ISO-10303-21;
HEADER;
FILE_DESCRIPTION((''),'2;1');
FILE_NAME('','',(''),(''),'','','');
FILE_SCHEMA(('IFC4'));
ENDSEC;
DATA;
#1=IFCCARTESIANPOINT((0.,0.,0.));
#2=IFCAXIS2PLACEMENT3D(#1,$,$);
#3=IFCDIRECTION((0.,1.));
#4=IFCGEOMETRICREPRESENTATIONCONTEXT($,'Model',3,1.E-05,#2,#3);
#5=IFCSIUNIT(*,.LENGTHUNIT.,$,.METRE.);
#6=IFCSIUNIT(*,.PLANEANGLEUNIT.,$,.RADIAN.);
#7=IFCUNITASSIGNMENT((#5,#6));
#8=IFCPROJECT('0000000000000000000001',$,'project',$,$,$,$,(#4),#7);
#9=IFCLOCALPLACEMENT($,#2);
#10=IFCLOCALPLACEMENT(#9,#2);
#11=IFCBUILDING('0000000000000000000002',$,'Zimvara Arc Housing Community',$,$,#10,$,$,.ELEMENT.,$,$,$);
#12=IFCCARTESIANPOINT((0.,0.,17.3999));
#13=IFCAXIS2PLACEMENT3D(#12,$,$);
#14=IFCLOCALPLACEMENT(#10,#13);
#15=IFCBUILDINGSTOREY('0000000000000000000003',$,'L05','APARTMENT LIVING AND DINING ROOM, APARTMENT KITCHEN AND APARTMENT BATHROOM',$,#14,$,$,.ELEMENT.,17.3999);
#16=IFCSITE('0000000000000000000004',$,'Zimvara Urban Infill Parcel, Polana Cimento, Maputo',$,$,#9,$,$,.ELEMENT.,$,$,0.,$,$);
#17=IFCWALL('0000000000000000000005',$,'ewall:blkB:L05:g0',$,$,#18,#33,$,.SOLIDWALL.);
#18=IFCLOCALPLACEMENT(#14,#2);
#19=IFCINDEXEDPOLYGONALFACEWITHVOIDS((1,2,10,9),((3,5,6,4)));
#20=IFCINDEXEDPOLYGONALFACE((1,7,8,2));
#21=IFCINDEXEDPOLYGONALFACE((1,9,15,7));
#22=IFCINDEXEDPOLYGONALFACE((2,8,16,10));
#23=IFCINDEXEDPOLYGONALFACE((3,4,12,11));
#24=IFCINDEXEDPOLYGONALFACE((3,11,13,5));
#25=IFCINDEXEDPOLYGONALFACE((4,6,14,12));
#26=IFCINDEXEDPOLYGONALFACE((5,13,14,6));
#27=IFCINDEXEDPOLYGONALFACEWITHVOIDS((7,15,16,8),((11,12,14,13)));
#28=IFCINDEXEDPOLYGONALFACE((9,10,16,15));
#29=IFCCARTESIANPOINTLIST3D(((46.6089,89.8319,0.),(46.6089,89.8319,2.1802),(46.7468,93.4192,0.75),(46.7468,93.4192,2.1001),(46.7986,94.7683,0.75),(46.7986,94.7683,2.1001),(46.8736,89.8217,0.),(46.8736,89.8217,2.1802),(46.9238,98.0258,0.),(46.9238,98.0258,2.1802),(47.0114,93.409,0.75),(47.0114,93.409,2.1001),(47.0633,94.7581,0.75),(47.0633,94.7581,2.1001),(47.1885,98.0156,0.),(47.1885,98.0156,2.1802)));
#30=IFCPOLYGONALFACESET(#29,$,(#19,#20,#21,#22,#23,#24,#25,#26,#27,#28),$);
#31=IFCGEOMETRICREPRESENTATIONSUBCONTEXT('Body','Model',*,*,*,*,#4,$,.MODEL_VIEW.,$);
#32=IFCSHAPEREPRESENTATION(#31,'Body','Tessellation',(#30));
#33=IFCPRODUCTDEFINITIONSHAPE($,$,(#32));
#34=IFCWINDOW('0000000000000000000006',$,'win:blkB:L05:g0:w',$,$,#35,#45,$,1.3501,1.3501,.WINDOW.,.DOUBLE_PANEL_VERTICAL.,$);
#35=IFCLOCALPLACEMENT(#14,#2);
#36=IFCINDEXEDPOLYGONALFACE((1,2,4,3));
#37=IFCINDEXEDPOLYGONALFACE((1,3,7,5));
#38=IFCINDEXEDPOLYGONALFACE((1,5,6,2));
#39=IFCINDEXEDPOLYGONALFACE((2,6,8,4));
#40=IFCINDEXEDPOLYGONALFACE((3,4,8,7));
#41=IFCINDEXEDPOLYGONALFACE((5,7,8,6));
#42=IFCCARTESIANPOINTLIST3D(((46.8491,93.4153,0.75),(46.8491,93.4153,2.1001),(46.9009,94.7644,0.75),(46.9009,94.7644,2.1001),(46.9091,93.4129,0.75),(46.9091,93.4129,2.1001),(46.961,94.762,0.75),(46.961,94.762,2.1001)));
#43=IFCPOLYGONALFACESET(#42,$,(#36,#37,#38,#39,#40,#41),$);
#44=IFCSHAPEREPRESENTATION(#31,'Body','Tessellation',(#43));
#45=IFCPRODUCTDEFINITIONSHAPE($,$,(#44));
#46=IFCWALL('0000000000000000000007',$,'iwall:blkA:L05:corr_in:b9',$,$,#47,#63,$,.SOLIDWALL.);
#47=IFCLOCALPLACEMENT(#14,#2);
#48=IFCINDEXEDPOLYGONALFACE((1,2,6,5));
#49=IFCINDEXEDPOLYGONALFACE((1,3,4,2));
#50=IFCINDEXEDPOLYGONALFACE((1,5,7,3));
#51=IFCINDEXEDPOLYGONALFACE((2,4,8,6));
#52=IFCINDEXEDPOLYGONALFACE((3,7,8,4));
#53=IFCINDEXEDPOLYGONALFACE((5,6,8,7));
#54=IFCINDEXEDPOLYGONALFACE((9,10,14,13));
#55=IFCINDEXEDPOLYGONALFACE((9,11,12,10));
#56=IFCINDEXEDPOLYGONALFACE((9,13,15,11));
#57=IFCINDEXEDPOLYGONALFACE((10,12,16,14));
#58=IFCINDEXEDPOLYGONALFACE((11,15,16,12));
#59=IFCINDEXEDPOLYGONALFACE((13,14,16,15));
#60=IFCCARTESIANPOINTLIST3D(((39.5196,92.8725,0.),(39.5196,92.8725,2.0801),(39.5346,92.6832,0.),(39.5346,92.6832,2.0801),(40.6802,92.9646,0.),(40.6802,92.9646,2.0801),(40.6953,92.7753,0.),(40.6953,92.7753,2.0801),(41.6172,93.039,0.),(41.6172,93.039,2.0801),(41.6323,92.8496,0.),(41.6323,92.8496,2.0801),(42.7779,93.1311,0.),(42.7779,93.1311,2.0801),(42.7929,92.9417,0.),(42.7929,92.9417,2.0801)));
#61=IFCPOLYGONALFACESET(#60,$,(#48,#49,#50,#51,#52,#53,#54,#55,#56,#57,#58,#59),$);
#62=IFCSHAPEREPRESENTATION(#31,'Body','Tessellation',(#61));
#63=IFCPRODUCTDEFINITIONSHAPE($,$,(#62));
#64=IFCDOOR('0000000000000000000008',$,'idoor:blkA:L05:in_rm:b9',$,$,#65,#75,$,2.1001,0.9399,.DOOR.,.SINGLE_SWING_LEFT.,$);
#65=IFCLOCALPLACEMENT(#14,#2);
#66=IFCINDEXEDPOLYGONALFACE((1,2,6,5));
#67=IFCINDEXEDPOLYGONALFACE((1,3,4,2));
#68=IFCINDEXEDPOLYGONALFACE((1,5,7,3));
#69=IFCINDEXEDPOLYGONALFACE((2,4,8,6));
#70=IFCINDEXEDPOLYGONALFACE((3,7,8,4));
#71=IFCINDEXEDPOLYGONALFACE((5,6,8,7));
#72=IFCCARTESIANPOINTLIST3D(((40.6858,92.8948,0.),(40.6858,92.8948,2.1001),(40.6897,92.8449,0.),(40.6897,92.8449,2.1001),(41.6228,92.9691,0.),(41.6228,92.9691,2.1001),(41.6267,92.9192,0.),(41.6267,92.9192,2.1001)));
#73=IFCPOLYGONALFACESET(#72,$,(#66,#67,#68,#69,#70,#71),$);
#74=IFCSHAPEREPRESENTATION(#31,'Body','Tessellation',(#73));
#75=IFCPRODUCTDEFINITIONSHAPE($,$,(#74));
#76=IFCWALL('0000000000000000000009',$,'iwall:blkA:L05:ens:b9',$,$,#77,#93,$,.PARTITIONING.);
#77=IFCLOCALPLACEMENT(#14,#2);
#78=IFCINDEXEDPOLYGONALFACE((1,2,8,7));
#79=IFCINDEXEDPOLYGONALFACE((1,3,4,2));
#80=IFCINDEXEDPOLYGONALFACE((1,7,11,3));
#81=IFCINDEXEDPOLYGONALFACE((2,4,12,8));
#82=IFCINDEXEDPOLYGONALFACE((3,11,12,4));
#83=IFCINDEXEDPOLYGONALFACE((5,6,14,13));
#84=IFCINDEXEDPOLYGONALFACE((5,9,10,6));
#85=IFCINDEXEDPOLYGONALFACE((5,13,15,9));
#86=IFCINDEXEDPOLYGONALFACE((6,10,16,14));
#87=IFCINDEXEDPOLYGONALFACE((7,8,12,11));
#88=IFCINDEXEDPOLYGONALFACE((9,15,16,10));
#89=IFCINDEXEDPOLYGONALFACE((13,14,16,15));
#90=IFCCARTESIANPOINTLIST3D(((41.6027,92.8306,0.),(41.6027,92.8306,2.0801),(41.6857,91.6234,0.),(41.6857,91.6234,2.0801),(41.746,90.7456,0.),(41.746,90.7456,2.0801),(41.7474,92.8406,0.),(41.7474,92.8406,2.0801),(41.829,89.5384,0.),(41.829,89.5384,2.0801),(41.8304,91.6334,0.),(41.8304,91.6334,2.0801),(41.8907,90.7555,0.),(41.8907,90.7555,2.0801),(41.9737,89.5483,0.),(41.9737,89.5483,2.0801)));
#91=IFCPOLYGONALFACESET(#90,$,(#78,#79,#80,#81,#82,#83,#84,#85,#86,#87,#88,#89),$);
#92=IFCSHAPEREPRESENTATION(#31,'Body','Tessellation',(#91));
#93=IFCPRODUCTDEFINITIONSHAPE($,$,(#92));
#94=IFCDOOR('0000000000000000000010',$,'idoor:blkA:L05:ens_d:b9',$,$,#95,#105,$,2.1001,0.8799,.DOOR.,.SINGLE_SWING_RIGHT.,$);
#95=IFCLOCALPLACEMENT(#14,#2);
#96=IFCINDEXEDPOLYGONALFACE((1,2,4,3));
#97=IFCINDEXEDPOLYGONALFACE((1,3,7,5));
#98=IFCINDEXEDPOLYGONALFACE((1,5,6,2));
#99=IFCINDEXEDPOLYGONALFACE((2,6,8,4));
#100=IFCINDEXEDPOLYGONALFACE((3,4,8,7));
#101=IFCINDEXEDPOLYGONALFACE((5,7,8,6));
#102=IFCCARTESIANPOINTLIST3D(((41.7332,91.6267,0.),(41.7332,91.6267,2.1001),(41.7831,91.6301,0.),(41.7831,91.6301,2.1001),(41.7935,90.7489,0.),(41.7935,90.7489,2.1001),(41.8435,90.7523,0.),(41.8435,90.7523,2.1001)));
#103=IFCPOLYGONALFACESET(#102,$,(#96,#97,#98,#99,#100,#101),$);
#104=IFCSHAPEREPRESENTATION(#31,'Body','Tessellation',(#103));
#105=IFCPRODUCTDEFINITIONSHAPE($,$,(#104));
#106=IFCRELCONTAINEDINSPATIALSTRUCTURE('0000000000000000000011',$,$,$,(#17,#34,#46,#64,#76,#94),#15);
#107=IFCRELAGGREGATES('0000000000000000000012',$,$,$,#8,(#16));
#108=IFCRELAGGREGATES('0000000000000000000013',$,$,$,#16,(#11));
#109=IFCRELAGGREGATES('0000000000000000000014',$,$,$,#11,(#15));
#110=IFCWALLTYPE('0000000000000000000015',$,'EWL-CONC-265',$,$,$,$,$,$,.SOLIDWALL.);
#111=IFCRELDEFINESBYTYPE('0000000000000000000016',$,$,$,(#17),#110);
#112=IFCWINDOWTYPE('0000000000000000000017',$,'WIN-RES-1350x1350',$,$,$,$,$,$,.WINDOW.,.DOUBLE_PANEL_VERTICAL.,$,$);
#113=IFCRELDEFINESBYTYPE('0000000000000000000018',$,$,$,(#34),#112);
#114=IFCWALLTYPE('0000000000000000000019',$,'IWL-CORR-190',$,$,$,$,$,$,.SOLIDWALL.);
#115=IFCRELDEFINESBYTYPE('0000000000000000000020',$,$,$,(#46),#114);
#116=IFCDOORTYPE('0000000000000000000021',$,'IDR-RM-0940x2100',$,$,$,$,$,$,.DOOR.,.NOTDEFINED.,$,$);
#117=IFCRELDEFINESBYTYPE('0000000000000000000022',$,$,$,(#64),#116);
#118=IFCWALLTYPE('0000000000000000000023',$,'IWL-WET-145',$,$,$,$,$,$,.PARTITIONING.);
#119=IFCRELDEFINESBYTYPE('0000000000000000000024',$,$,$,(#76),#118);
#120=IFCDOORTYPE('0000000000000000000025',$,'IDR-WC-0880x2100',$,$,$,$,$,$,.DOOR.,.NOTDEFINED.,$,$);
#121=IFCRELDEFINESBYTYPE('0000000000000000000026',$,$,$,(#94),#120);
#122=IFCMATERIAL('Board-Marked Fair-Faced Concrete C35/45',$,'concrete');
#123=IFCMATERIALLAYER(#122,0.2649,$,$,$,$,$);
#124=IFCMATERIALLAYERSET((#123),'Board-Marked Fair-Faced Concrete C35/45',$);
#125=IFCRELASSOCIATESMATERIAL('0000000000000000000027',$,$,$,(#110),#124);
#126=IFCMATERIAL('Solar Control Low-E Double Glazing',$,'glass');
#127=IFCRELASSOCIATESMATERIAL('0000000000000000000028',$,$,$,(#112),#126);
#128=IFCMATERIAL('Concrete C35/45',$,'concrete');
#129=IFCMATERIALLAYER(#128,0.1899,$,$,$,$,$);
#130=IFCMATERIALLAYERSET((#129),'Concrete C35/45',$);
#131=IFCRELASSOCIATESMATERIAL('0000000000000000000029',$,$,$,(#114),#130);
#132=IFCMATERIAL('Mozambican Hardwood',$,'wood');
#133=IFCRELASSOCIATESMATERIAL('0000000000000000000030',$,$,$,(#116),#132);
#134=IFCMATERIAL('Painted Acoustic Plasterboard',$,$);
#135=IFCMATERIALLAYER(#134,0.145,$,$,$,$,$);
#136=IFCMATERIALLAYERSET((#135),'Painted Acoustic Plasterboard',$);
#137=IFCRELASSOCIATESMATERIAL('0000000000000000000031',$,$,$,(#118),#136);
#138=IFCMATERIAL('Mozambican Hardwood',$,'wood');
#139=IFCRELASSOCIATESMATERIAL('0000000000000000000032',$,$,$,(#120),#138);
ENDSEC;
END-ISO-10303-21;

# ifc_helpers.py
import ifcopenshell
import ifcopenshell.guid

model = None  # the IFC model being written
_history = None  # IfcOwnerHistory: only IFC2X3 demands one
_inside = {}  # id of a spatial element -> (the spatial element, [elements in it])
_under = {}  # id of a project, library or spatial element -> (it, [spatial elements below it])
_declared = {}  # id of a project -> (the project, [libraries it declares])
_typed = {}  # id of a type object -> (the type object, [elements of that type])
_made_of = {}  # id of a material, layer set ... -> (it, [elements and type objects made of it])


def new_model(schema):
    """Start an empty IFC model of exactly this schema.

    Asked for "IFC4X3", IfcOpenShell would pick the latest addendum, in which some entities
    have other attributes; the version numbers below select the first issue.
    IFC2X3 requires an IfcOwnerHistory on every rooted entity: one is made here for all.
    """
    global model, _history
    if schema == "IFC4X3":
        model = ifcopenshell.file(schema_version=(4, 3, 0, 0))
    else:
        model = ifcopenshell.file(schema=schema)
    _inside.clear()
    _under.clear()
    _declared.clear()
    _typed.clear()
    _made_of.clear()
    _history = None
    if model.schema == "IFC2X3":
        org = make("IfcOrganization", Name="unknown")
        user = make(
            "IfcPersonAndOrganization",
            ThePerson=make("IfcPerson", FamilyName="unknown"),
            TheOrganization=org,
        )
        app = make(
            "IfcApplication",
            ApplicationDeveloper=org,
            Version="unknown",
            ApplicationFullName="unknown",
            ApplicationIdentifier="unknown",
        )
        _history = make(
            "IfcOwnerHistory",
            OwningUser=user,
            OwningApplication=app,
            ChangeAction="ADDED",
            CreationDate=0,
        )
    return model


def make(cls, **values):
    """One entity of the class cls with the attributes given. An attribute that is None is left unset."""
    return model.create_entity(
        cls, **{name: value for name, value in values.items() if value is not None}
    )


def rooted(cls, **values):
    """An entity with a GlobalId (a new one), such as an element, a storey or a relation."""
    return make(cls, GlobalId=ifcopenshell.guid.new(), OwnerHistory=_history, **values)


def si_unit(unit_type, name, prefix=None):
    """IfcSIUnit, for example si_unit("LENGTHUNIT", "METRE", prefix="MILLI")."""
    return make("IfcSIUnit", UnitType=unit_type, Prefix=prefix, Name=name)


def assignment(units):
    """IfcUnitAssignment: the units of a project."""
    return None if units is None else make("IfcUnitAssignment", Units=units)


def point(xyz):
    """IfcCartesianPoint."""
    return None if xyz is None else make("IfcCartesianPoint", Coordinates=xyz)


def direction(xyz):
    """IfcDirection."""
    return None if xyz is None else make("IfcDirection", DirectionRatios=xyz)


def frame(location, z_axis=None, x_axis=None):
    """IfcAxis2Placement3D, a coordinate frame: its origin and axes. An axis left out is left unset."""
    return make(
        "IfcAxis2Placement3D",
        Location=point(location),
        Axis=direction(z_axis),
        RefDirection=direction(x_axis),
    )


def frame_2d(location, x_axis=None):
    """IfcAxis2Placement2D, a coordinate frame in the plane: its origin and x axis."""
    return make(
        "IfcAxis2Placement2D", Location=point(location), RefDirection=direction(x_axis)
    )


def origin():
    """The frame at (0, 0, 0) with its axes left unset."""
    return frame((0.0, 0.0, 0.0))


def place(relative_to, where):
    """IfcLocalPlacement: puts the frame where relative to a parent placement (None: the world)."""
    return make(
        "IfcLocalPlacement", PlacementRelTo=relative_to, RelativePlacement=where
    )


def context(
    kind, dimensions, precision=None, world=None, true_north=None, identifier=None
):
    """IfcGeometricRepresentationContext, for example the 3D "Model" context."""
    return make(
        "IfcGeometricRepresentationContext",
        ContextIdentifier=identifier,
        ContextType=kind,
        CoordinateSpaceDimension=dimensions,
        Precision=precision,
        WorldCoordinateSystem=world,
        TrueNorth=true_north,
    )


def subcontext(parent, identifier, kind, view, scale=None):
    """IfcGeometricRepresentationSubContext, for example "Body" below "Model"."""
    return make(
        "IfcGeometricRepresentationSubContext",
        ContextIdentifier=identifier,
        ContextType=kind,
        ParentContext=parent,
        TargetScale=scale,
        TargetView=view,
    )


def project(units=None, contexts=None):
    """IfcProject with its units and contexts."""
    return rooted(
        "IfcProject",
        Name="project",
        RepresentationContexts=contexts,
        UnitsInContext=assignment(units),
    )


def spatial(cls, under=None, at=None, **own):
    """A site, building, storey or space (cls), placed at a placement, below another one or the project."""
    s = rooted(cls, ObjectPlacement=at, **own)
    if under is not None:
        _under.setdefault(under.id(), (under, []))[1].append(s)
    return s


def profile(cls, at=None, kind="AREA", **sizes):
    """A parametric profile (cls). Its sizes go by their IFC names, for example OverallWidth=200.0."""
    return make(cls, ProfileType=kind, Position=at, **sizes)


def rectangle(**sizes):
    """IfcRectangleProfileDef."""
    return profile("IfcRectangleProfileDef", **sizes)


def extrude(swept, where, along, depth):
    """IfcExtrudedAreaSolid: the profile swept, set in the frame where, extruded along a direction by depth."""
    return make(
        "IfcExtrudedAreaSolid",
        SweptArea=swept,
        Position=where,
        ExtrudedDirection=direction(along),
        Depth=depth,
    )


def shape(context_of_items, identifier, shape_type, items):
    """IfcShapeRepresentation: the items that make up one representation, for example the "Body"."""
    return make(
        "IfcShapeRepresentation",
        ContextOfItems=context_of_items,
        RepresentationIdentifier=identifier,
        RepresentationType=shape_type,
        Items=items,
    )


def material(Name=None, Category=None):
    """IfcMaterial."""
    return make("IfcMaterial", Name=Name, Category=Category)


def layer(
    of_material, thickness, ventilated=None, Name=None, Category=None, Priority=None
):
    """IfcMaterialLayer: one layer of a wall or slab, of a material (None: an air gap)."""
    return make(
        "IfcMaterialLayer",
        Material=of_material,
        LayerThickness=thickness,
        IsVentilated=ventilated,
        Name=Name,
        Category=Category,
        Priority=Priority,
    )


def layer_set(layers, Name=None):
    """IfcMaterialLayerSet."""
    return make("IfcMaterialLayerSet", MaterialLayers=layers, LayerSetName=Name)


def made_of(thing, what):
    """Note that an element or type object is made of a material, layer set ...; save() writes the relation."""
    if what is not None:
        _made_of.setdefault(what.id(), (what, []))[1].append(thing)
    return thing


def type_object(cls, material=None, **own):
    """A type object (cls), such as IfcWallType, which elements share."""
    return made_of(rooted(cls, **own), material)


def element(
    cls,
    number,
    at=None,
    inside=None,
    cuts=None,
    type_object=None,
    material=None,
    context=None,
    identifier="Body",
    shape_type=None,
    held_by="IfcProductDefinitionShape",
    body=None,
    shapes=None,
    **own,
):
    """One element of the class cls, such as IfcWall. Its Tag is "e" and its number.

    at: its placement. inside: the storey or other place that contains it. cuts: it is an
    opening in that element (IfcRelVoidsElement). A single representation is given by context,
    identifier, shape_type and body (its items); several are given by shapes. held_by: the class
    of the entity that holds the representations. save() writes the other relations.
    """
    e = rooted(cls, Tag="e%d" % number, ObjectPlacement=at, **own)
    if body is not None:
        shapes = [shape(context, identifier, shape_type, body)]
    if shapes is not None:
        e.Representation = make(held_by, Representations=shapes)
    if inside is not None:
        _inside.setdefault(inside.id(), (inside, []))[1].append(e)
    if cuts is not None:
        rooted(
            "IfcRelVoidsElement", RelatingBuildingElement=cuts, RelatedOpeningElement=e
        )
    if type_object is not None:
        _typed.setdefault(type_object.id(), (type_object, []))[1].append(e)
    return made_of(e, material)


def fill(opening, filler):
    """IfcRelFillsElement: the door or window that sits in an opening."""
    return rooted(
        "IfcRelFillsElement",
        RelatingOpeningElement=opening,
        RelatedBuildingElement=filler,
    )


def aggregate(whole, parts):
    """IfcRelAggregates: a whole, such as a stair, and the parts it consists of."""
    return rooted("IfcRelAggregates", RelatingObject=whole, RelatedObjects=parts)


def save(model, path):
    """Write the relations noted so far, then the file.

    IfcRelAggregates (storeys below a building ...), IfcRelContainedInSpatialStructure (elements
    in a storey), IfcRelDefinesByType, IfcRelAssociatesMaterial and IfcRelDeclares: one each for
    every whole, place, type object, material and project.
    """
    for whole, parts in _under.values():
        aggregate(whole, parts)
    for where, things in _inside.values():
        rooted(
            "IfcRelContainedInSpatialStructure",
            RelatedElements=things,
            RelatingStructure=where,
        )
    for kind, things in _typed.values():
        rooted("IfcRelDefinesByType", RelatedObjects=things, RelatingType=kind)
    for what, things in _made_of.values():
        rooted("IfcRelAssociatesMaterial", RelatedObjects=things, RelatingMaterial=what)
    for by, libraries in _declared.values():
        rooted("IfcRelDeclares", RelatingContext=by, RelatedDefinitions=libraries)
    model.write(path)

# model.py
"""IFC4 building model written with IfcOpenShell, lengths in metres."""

from ifc_helpers import new_model, si_unit, direction, frame, frame_2d, origin, place, context, subcontext, project, spatial, rectangle, extrude, material, layer, layer_set, type_object, element, fill, save


model = new_model("IFC4")

# Units and contexts
model_context = context("Model", 3, precision=1e-05, world=origin(), true_north=direction((0.0, 1.0)))
body_context = subcontext(model_context, "Body", "Model", "MODEL_VIEW")
ifc_project = project(units=[si_unit("LENGTHUNIT", "METRE"), si_unit("PLANEANGLEUNIT", "RADIAN")], contexts=[model_context])

# Site, building, storey
site_placement = place(None, origin())
site = spatial("IfcSite", under=ifc_project, at=site_placement, Name="Zimvara Urban Infill Parcel, Polana Cimento, Maputo", CompositionType="ELEMENT", RefElevation=0.0)
building_placement = place(site_placement, origin())
building = spatial("IfcBuilding", under=site, at=building_placement, Name="Zimvara Arc Housing Community", CompositionType="ELEMENT")
storey_placement = place(building_placement, frame((0.0, 0.0, 17.3999)))
storey = spatial("IfcBuildingStorey", under=building, at=storey_placement, Name="L05", Description="APARTMENT LIVING AND DINING ROOM, APARTMENT KITCHEN AND APARTMENT BATHROOM", CompositionType="ELEMENT", Elevation=17.3999)

# Wall, opening, window
ifc_material_1 = material(Name="Board-Marked Fair-Faced Concrete C35/45", Category="concrete")
ifc_layer_1 = layer(ifc_material_1, 0.2649)
ifc_layer_set_1 = layer_set([ifc_layer_1], Name="Board-Marked Fair-Faced Concrete C35/45")
wall_type_1 = type_object("IfcWallType", Name="EWL-CONC-265", PredefinedType="SOLIDWALL", material=ifc_layer_set_1)
ifc_material_2 = material(Name="Solar Control Low-E Double Glazing", Category="glass")
window_type = type_object("IfcWindowType", Name="WIN-RES-1350x1350", PartitioningType="DOUBLE_PANEL_VERTICAL", PredefinedType="WINDOW", material=ifc_material_2)
wall_1_placement = place(storey_placement, frame((46.7412, 89.8267, 0.0), z_axis=(0.0, 0.0, 1.0), x_axis=(0.038408, 0.999262, 0.0)))
wall_1 = element("IfcWall", 1, at=wall_1_placement, inside=storey, type_object=wall_type_1, Name="ewall:blkB:L05:g0", PredefinedType="SOLIDWALL", context=body_context, shape_type="SweptSolid", body=[
    extrude(rectangle(XDim=8.2, YDim=0.2649, at=frame_2d((4.1001, 0.0))), origin(), (0.0, 0.0, 1.0), 2.1802),
])
opening_1_placement = place(wall_1_placement, frame((3.5901, 0.0, 0.75)))
opening_1 = element("IfcOpeningElement", 2, at=opening_1_placement, cuts=wall_1, PredefinedType="OPENING", context=body_context, shape_type="SweptSolid", body=[
    extrude(rectangle(XDim=1.3501, YDim=1.3501, at=frame_2d((0.675, 0.675))), frame((0.0, 0.1423, 0.0), z_axis=(0.0, -1.0, 0.0), x_axis=(1.0, 0.0, 0.0)), (0.0, 0.0, 1.0), 0.2849),
])
window_1_placement = place(opening_1_placement, origin())
window_1 = element("IfcWindow", 3, at=window_1_placement, inside=storey, type_object=window_type, Name="win:blkB:L05:g0:w", OverallHeight=1.3501, OverallWidth=1.3501, PartitioningType="DOUBLE_PANEL_VERTICAL", PredefinedType="WINDOW", context=body_context, shape_type="SweptSolid", body=[
    extrude(rectangle(XDim=1.3501, YDim=1.3501, at=frame_2d((0.675, 0.675))), frame((0.0, 0.03, 0.0), z_axis=(0.0, -1.0, 0.0), x_axis=(1.0, 0.0, 0.0)), (0.0, 0.0, 1.0), 0.0601),
])
fill(opening_1, window_1)

# Walls, openings, doors
ifc_material_3 = material(Name="Concrete C35/45", Category="concrete")
ifc_layer_2 = layer(ifc_material_3, 0.1899)
ifc_layer_set_2 = layer_set([ifc_layer_2], Name="Concrete C35/45")
wall_type_2 = type_object("IfcWallType", Name="IWL-CORR-190", PredefinedType="SOLIDWALL", material=ifc_layer_set_2)
wall_2_placement = place(storey_placement, frame((39.5271, 92.7778, 0.0), z_axis=(0.0, 0.0, 1.0), x_axis=(0.996867, 0.079101, 0.0)))
wall_2 = element("IfcWall", 4, at=wall_2_placement, inside=storey, type_object=wall_type_2, Name="iwall:blkA:L05:corr_in:b9", PredefinedType="SOLIDWALL", context=body_context, shape_type="SweptSolid", body=[
    extrude(rectangle(XDim=3.2686, YDim=0.1899, at=frame_2d((1.6343, 0.0))), origin(), (0.0, 0.0, 1.0), 2.0801),
])
opening_2_placement = place(wall_2_placement, frame((1.1643, 0.0, 0.0)))
opening_2 = element("IfcOpeningElement", 5, at=opening_2_placement, cuts=wall_2, PredefinedType="OPENING", context=body_context, shape_type="SweptSolid", body=[
    extrude(rectangle(XDim=0.9399, YDim=2.1001, at=frame_2d((0.47, 1.05))), frame((0.0, 0.105, 0.0), z_axis=(0.0, -1.0, 0.0), x_axis=(1.0, 0.0, 0.0)), (0.0, 0.0, 1.0), 0.21),
])
ifc_material_4 = material(Name="Mozambican Hardwood", Category="wood")
door_type_1 = type_object("IfcDoorType", Name="IDR-RM-0940x2100", OperationType="NOTDEFINED", PredefinedType="DOOR", material=ifc_material_4)
door_1_placement = place(opening_2_placement, origin())
door_1 = element("IfcDoor", 6, at=door_1_placement, inside=storey, type_object=door_type_1, Name="idoor:blkA:L05:in_rm:b9", OperationType="SINGLE_SWING_LEFT", OverallHeight=2.1001, OverallWidth=0.9399, PredefinedType="DOOR", context=body_context, shape_type="SweptSolid", body=[
    extrude(rectangle(XDim=0.9399, YDim=2.1001, at=frame_2d((0.47, 1.05))), frame((0.0, 0.0249, 0.0), z_axis=(0.0, -1.0, 0.0), x_axis=(1.0, 0.0, 0.0)), (0.0, 0.0, 1.0), 0.05),
])
fill(opening_2, door_1)
ifc_material_5 = material(Name="Painted Acoustic Plasterboard")
ifc_layer_3 = layer(ifc_material_5, 0.145)
ifc_layer_set_3 = layer_set([ifc_layer_3], Name="Painted Acoustic Plasterboard")
wall_type_3 = type_object("IfcWallType", Name="IWL-WET-145", PredefinedType="PARTITIONING", material=ifc_layer_set_3)
wall_3_placement = place(storey_placement, frame((41.9014, 89.5435, 0.0), z_axis=(0.0, 0.0, 1.0), x_axis=(-0.068581, 0.997646, 0.0)))
wall_3 = element("IfcWall", 7, at=wall_3_placement, inside=storey, type_object=wall_type_3, Name="iwall:blkA:L05:ens:b9", PredefinedType="PARTITIONING", context=body_context, shape_type="SweptSolid", body=[
    extrude(rectangle(XDim=3.3, YDim=0.145, at=frame_2d((1.6499, 0.0))), origin(), (0.0, 0.0, 1.0), 2.0801),
])
opening_3_placement = place(wall_3_placement, frame((1.21, 0.0, 0.0)))
opening_3 = element("IfcOpeningElement", 8, at=opening_3_placement, cuts=wall_3, PredefinedType="OPENING", context=body_context, shape_type="SweptSolid", body=[
    extrude(rectangle(XDim=0.8799, YDim=2.1001, at=frame_2d((0.4399, 1.05))), frame((0.0, 0.0825, 0.0), z_axis=(0.0, -1.0, 0.0), x_axis=(1.0, 0.0, 0.0)), (0.0, 0.0, 1.0), 0.165),
])
ifc_material_6 = material(Name="Mozambican Hardwood", Category="wood")
door_type_2 = type_object("IfcDoorType", Name="IDR-WC-0880x2100", OperationType="NOTDEFINED", PredefinedType="DOOR", material=ifc_material_6)
door_2_placement = place(opening_3_placement, origin())
door_2 = element("IfcDoor", 9, at=door_2_placement, inside=storey, type_object=door_type_2, Name="idoor:blkA:L05:ens_d:b9", OperationType="SINGLE_SWING_RIGHT", OverallHeight=2.1001, OverallWidth=0.8799, PredefinedType="DOOR", context=body_context, shape_type="SweptSolid", body=[
    extrude(rectangle(XDim=0.8799, YDim=2.1001, at=frame_2d((0.4399, 1.05))), frame((0.0, 0.0249, 0.0), z_axis=(0.0, -1.0, 0.0), x_axis=(1.0, 0.0, 0.0)), (0.0, 0.0, 1.0), 0.05),
])
fill(opening_3, door_2)

save(model, "model.ifc")
